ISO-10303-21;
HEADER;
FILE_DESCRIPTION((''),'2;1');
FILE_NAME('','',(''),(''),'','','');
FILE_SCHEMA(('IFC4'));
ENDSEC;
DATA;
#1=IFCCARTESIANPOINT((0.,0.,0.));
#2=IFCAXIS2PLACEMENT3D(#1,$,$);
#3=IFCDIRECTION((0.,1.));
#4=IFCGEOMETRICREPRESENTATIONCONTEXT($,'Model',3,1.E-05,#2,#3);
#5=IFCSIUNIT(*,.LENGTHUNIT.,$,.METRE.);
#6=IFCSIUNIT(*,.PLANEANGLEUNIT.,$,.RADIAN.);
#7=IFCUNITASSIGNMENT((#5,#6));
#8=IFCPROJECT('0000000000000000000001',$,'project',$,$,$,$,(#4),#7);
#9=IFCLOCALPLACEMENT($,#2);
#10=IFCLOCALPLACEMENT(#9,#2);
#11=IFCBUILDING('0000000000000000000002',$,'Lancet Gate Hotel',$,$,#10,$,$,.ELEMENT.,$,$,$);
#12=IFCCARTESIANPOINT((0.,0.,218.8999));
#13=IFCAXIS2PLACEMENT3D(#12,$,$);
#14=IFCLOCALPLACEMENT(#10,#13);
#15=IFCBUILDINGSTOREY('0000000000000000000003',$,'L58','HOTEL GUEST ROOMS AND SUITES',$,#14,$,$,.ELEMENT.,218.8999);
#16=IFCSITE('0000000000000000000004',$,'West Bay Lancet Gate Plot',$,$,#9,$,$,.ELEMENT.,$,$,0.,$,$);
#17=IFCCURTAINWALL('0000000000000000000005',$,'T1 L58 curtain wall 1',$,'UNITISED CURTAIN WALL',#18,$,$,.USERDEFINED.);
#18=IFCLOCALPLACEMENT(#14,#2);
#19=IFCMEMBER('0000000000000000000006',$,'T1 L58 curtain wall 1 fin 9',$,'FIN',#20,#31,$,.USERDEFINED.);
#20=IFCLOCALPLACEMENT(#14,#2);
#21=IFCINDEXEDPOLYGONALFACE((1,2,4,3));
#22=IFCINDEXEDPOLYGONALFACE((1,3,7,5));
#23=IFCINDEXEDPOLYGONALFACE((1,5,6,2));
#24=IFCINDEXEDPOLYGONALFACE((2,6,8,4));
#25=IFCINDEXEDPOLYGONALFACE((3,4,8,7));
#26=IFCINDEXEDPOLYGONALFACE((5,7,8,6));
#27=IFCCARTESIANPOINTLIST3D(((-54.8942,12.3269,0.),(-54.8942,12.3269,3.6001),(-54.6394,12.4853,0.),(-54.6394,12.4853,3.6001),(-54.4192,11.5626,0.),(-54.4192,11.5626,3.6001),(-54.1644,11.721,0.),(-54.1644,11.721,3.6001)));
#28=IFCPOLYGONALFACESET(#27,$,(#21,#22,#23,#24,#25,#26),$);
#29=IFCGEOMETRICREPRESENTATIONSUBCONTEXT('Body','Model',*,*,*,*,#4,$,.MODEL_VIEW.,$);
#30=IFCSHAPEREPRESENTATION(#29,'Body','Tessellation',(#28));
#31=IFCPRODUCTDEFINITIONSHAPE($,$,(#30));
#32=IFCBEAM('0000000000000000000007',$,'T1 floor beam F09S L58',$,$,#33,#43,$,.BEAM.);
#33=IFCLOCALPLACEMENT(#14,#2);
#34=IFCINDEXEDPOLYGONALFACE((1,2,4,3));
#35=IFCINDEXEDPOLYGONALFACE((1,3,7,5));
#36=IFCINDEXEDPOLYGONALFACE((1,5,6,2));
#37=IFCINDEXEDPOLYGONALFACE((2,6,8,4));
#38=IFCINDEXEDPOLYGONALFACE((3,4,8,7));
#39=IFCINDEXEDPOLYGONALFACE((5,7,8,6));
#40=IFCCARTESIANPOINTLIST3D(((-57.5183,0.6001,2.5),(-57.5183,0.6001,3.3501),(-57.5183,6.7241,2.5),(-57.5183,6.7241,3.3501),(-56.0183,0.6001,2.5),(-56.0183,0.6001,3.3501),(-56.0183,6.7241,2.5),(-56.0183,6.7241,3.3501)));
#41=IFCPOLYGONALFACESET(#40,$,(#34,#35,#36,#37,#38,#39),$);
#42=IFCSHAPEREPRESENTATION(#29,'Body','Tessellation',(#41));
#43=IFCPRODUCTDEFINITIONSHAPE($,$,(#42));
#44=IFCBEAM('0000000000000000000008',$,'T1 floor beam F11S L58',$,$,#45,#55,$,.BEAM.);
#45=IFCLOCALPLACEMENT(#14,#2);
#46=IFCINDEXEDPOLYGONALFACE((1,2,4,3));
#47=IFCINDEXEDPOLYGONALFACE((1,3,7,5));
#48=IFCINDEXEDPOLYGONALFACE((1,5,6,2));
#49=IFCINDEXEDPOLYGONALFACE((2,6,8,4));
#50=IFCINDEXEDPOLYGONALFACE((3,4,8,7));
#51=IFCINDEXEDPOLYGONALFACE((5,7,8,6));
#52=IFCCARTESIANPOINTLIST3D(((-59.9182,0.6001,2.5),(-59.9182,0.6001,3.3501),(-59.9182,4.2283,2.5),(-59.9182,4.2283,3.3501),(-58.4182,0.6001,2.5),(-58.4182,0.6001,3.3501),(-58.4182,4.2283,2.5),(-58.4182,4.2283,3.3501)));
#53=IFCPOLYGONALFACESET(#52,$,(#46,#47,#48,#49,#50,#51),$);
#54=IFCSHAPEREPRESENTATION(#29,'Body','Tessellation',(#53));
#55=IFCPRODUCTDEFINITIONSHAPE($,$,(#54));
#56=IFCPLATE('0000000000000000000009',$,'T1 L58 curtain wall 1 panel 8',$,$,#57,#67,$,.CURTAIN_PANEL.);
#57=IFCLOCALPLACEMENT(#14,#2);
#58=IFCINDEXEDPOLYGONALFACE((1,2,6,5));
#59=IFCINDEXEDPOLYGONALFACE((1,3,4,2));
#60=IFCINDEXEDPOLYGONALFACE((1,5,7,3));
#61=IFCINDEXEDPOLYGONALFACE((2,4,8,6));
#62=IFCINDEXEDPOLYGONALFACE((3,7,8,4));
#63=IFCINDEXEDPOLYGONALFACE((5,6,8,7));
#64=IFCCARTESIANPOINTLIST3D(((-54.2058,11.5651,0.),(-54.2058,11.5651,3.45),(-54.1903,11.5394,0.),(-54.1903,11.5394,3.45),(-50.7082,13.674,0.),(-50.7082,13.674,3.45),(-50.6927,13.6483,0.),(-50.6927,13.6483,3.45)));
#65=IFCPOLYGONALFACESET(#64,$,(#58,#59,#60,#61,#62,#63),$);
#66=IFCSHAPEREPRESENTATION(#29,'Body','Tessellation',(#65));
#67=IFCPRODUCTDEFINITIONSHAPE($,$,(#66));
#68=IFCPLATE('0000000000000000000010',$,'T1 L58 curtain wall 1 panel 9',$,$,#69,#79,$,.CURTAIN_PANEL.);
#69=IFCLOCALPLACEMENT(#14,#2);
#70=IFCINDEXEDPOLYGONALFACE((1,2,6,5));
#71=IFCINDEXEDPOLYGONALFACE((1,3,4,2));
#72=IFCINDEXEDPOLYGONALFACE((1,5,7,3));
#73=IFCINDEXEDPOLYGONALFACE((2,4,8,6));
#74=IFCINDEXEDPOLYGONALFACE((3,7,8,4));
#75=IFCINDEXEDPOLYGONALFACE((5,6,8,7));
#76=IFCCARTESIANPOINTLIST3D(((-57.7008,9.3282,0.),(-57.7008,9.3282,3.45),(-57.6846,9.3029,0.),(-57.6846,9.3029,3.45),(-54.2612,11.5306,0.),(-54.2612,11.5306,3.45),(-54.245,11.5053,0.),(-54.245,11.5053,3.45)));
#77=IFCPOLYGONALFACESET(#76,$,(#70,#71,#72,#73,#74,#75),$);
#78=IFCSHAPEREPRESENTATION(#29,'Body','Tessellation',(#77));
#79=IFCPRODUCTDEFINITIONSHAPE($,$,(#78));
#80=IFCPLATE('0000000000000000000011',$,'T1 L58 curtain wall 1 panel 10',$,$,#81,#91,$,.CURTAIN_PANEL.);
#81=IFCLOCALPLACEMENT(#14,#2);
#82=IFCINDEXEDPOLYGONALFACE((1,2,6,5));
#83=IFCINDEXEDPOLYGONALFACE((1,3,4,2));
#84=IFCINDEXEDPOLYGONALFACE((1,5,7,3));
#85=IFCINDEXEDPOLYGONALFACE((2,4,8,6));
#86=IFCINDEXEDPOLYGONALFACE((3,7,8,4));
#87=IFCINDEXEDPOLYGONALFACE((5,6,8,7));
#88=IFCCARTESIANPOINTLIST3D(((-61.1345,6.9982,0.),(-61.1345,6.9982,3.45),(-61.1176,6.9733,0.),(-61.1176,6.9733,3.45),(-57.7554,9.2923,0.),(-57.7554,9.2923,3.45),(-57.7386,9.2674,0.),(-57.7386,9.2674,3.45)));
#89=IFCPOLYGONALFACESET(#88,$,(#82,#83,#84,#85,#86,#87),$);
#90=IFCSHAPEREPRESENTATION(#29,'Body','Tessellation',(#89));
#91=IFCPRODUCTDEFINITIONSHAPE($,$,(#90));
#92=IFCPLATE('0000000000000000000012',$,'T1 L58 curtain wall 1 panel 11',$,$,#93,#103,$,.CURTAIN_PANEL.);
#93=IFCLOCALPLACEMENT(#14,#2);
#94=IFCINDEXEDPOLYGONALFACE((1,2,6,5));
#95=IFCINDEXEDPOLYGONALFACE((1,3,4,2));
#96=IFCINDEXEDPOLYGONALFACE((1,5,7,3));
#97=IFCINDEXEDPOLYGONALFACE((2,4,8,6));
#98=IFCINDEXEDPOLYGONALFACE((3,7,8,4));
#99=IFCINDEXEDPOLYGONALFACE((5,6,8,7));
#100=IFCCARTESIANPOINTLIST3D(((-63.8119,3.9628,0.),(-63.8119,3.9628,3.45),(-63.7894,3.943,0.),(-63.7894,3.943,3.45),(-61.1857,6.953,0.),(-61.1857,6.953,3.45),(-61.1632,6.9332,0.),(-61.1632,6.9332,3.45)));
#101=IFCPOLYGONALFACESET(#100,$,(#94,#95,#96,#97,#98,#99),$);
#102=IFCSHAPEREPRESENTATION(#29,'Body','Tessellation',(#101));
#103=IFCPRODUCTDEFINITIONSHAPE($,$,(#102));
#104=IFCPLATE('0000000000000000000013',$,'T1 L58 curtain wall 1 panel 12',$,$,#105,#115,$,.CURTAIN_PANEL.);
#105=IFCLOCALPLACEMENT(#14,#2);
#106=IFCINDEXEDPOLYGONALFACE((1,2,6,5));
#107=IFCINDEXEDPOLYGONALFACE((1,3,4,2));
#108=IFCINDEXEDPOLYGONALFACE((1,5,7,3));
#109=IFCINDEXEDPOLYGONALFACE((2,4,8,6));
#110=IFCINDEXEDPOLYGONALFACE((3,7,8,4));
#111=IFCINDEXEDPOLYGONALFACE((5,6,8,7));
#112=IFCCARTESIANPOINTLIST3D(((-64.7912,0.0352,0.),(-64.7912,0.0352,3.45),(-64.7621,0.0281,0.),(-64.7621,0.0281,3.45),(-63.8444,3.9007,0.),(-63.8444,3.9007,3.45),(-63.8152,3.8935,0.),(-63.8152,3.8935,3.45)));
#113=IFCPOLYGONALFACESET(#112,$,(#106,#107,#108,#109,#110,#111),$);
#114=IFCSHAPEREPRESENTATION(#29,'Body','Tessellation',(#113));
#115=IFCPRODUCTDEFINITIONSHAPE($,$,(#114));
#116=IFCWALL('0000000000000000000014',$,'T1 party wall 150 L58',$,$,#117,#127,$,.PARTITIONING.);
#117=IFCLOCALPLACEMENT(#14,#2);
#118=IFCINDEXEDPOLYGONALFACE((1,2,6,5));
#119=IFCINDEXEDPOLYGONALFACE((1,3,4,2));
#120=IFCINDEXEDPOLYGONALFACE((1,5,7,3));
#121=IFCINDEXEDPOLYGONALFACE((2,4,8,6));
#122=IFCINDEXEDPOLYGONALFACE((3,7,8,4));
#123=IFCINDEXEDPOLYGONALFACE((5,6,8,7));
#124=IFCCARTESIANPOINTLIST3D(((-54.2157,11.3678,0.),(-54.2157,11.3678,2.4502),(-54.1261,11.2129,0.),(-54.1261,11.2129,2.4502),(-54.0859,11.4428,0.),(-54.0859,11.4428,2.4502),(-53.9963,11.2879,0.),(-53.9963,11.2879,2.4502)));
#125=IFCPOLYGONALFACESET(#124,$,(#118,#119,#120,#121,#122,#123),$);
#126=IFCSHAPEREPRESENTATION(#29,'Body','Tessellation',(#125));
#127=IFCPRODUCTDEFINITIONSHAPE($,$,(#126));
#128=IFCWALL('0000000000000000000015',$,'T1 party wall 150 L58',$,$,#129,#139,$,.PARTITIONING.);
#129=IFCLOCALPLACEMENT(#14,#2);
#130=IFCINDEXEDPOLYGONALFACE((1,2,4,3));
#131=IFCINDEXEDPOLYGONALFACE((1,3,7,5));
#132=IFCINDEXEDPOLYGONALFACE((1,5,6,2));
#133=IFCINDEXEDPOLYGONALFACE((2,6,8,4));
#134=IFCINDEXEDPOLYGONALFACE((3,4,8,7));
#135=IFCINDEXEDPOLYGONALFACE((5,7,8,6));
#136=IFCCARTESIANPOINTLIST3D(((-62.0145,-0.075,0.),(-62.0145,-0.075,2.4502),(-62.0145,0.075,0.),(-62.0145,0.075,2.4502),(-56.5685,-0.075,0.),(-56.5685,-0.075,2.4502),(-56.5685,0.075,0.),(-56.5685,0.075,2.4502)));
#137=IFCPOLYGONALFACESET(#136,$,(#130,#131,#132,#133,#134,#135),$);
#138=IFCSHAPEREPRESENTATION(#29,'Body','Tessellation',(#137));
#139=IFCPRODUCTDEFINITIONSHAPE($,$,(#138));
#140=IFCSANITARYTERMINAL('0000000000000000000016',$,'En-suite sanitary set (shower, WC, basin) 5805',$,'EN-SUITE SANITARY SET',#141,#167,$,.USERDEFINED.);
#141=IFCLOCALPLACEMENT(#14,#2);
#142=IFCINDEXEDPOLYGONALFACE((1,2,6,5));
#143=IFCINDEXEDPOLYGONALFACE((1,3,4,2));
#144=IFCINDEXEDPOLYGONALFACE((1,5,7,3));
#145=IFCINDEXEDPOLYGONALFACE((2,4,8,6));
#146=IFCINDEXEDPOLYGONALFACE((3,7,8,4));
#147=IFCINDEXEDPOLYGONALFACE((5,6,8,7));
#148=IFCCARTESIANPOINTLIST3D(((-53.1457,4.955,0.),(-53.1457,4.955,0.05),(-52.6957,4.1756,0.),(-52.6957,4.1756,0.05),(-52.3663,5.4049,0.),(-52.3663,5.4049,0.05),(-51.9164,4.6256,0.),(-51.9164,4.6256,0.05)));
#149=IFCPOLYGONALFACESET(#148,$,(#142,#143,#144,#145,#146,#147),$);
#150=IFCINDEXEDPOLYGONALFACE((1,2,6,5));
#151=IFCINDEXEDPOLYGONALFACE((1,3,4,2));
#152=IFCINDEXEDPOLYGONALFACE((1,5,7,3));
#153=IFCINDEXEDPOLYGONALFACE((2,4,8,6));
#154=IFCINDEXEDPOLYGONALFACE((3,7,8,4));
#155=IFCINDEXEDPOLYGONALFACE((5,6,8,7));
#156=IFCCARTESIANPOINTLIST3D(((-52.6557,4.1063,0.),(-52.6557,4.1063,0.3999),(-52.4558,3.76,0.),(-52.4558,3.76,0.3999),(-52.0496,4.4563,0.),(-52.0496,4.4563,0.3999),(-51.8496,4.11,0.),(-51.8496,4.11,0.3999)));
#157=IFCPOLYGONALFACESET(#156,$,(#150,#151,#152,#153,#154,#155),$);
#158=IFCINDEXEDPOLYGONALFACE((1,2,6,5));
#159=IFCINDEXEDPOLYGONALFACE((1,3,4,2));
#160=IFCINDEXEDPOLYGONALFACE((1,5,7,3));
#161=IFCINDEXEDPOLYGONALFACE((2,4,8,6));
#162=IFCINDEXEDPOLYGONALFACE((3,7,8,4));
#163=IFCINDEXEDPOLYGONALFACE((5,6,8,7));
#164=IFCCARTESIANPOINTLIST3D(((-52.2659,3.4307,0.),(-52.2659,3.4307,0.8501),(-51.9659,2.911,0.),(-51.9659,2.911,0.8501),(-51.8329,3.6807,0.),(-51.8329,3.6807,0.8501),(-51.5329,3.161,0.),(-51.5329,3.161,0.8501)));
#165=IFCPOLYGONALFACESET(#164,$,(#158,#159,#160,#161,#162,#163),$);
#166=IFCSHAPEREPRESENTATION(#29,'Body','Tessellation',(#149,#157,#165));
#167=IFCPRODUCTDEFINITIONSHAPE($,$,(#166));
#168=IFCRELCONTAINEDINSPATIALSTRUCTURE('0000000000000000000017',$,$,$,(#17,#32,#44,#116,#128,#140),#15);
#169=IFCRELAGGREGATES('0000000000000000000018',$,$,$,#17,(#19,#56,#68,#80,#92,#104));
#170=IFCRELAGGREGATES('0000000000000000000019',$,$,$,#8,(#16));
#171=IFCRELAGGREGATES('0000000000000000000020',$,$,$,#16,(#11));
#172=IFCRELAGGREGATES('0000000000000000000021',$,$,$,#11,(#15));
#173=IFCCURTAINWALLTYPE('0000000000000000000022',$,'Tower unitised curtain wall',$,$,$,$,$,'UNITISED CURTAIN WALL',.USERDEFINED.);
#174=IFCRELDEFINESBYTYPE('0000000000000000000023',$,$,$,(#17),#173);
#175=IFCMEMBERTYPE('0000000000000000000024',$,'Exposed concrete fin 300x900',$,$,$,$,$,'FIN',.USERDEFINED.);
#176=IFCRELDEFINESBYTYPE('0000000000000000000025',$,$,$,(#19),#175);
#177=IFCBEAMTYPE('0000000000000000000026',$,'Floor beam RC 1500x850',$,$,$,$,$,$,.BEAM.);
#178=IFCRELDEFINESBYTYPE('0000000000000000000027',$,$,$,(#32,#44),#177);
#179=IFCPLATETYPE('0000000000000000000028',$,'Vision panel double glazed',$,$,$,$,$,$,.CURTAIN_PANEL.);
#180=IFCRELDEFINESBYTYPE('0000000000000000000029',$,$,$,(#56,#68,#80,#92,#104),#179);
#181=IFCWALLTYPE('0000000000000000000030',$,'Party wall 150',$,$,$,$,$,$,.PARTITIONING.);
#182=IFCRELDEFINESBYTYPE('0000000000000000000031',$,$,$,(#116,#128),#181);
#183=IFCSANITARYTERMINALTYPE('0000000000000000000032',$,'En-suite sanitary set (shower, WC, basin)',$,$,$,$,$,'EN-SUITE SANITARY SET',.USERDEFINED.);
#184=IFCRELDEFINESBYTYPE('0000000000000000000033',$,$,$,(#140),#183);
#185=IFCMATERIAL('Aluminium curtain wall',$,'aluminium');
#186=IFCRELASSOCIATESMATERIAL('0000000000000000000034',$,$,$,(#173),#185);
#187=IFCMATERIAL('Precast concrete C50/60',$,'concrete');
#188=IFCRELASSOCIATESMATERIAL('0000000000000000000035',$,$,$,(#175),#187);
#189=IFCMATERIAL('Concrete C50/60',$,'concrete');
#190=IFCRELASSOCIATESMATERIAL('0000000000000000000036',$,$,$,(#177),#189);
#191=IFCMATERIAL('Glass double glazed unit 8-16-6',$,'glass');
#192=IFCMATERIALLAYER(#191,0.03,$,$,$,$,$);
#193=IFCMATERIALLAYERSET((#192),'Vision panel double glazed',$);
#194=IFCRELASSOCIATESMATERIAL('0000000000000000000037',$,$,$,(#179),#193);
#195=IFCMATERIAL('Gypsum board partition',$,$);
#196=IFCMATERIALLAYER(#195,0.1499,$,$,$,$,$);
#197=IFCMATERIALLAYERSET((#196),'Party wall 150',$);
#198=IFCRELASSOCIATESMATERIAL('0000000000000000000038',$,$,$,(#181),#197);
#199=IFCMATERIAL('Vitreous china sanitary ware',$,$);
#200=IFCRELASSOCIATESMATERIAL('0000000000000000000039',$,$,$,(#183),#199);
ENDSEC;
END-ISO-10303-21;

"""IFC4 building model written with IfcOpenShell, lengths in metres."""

from ifc_helpers import new_model, si_unit, direction, frame, frame_2d, origin, origin_2d, place, context, subcontext, project, spatial, rectangle, extrude, material, layer, layer_set, material_profile, profile_set, type_object, element, aggregate, save


model = new_model("IFC4")

# Units and contexts
model_context = context("Model", 3, precision=1e-05, world=origin(), true_north=direction((0.0, 1.0)))
body_context = subcontext(model_context, "Body", "Model", "MODEL_VIEW")
ifc_project = project(units=[si_unit("LENGTHUNIT", "METRE"), si_unit("PLANEANGLEUNIT", "RADIAN")], contexts=[model_context])

# Site, building, storey
site_placement = place(None, origin())
site = spatial("IfcSite", under=ifc_project, at=site_placement, Name="West Bay Lancet Gate Plot", CompositionType="ELEMENT", RefElevation=0.0)
building_placement = place(site_placement, origin())
building = spatial("IfcBuilding", under=site, at=building_placement, Name="Lancet Gate Hotel", CompositionType="ELEMENT")
storey_placement = place(building_placement, frame((0.0, 0.0, 218.8999)))
storey = spatial("IfcBuildingStorey", under=building, at=storey_placement, Name="L58", Description="HOTEL GUEST ROOMS AND SUITES", CompositionType="ELEMENT", Elevation=218.8999)

# Curtain wall
ifc_material_1 = material(Name="Aluminium curtain wall", Category="aluminium")
curtain_wall_type = type_object("IfcCurtainWallType", Name="Tower unitised curtain wall", ElementType="UNITISED CURTAIN WALL", PredefinedType="USERDEFINED", material=ifc_material_1)
curtain_wall_placement = place(storey_placement, origin())
curtain_wall = element("IfcCurtainWall", 1, at=curtain_wall_placement, inside=storey, type_object=curtain_wall_type, Name="T1 L58 curtain wall 1", ObjectType="UNITISED CURTAIN WALL", PredefinedType="USERDEFINED")

# Member
ifc_material_2 = material(Name="Precast concrete C50/60", Category="concrete")
ifc_material_profile_1 = material_profile(ifc_material_2, rectangle(XDim=0.3, YDim=0.8999, at=origin_2d()), Name="FIN 300x900")
ifc_profile_set_1 = profile_set([ifc_material_profile_1], Name="Precast concrete C50/60")
member_type_1 = type_object("IfcMemberType", Name="Exposed concrete fin 300x900", ElementType="FIN", PredefinedType="USERDEFINED", material=ifc_profile_set_1)
member_1_placement = place(storey_placement, frame((-54.5293, 12.0239, 0.0), z_axis=(0.0, 0.0, 1.0), x_axis=(-0.849342, -0.527842, 0.0)))
member_1 = element("IfcMember", 2, at=member_1_placement, type_object=member_type_1, Name="T1 L58 curtain wall 1 fin 9", ObjectType="FIN", PredefinedType="USERDEFINED", context=body_context, shape_type="SweptSolid", body=[
    extrude(rectangle(XDim=0.3, YDim=0.8999, at=origin_2d()), origin(), (0.0, 0.0, 1.0), 3.6001),
])

# Beams
ifc_material_3 = material(Name="Concrete C50/60", Category="concrete")
ifc_material_profile_2 = material_profile(ifc_material_3, rectangle(XDim=1.5, YDim=0.8501, at=origin_2d()), Name="RC 1500x850")
ifc_profile_set_2 = profile_set([ifc_material_profile_2], Name="Concrete C50/60")
beam_type_1 = type_object("IfcBeamType", Name="Floor beam RC 1500x850", PredefinedType="BEAM", material=ifc_profile_set_2)
beam_1_placement = place(storey_placement, frame((-56.7683, 6.7241, 2.925), z_axis=(0.0, -1.0, 0.0), x_axis=(1.0, 0.0, 0.0)))
element("IfcBeam", 3, at=beam_1_placement, inside=storey, type_object=beam_type_1, Name="T1 floor beam F09S L58", PredefinedType="BEAM", context=body_context, shape_type="SweptSolid", body=[
    extrude(rectangle(XDim=1.5, YDim=0.8501, at=origin_2d()), origin(), (0.0, 0.0, 1.0), 6.124),
])
beam_2_placement = place(storey_placement, frame((-59.1682, 4.2283, 2.925), z_axis=(0.0, -1.0, 0.0), x_axis=(1.0, 0.0, 0.0)))
element("IfcBeam", 4, at=beam_2_placement, inside=storey, type_object=beam_type_1, Name="T1 floor beam F11S L58", PredefinedType="BEAM", context=body_context, shape_type="SweptSolid", body=[
    extrude(rectangle(XDim=1.5, YDim=0.8501, at=origin_2d()), origin(), (0.0, 0.0, 1.0), 3.6282),
])

# Plates
ifc_material_4 = material(Name="Glass double glazed unit 8-16-6", Category="glass")
ifc_layer_1 = layer(ifc_material_4, 0.03)
ifc_layer_set_1 = layer_set([ifc_layer_1], Name="Vision panel double glazed")
plate_type = type_object("IfcPlateType", Name="Vision panel double glazed", PredefinedType="CURTAIN_PANEL", material=ifc_layer_set_1)
plate_1_placement = place(storey_placement, frame((-52.4492, 12.6067, 0.0), z_axis=(0.0, 0.0, 1.0), x_axis=(-0.85637, -0.516363, 0.0)))
plate_1 = element("IfcPlate", 5, at=plate_1_placement, type_object=plate_type, Name="T1 L58 curtain wall 1 panel 8", PredefinedType="CURTAIN_PANEL", context=body_context, shape_type="SweptSolid", body=[
    extrude(rectangle(XDim=4.0842, YDim=0.03, at=origin_2d()), origin(), (0.0, 0.0, 1.0), 3.45),
])
plate_2_placement = place(storey_placement, frame((-55.9729, 10.4167, 0.0), z_axis=(0.0, 0.0, 1.0), x_axis=(-0.842161, -0.539226, 0.0)))
plate_2 = element("IfcPlate", 6, at=plate_2_placement, type_object=plate_type, Name="T1 L58 curtain wall 1 panel 9", PredefinedType="CURTAIN_PANEL", context=body_context, shape_type="SweptSolid", body=[
    extrude(rectangle(XDim=4.0842, YDim=0.03, at=origin_2d()), origin(), (0.0, 0.0, 1.0), 3.45),
])
plate_3_placement = place(storey_placement, frame((-59.4365, 8.1328, 0.0), z_axis=(0.0, 0.0, 1.0), x_axis=(-0.827342, -0.561698, 0.0)))
plate_3 = element("IfcPlate", 7, at=plate_3_placement, type_object=plate_type, Name="T1 L58 curtain wall 1 panel 10", PredefinedType="CURTAIN_PANEL", context=body_context, shape_type="SweptSolid", body=[
    extrude(rectangle(XDim=4.0842, YDim=0.03, at=origin_2d()), origin(), (0.0, 0.0, 1.0), 3.45),
])
plate_4_placement = place(storey_placement, frame((-62.4875, 5.448, 0.0), z_axis=(0.0, 0.0, 1.0), x_axis=(-0.659892, -0.751361, 0.0)))
plate_4 = element("IfcPlate", 8, at=plate_4_placement, type_object=plate_type, Name="T1 L58 curtain wall 1 panel 11", PredefinedType="CURTAIN_PANEL", context=body_context, shape_type="SweptSolid", body=[
    extrude(rectangle(XDim=3.9797, YDim=0.03, at=origin_2d()), origin(), (0.0, 0.0, 1.0), 3.45),
])
plate_5_placement = place(storey_placement, frame((-64.3032, 1.9644, 0.0), z_axis=(0.0, 0.0, 1.0), x_axis=(-0.237921, -0.971285, 0.0)))
plate_5 = element("IfcPlate", 9, at=plate_5_placement, type_object=plate_type, Name="T1 L58 curtain wall 1 panel 12", PredefinedType="CURTAIN_PANEL", context=body_context, shape_type="SweptSolid", body=[
    extrude(rectangle(XDim=3.9797, YDim=0.03, at=origin_2d()), origin(), (0.0, 0.0, 1.0), 3.45),
])
aggregate(curtain_wall, [member_1, plate_1, plate_2, plate_3, plate_4, plate_5])

# Walls
ifc_material_5 = material(Name="Gypsum board partition")
ifc_layer_2 = layer(ifc_material_5, 0.1499)
ifc_layer_set_2 = layer_set([ifc_layer_2], Name="Party wall 150")
wall_type = type_object("IfcWallType", Name="Party wall 150", PredefinedType="PARTITIONING", material=ifc_layer_set_2)
wall_1_placement = place(storey_placement, frame((-54.0613, 11.2505, 0.0), z_axis=(0.0, 0.0, 1.0), x_axis=(-0.500391, 0.865799, 0.0)))
element("IfcWall", 10, at=wall_1_placement, inside=storey, type_object=wall_type, Name="T1 party wall 150 L58", PredefinedType="PARTITIONING", context=body_context, shape_type="SweptSolid", body=[
    extrude(rectangle(XDim=0.179, YDim=0.1499, at=frame_2d((0.0894, 0.0))), origin(), (0.0, 0.0, 1.0), 2.4502),
])
wall_2_placement = place(storey_placement, frame((-56.5684, 0.0, 0.0), z_axis=(0.0, 0.0, 1.0), x_axis=(-1.0, 0.0, 0.0)))
element("IfcWall", 11, at=wall_2_placement, inside=storey, type_object=wall_type, Name="T1 party wall 150 L58", PredefinedType="PARTITIONING", context=body_context, shape_type="SweptSolid", body=[
    extrude(rectangle(XDim=5.446, YDim=0.1499, at=frame_2d((2.7231, 0.0))), origin(), (0.0, 0.0, 1.0), 2.4502),
])

# Sanitary terminal
ifc_material_6 = material(Name="Vitreous china sanitary ware")
sanitary_terminal_type = type_object("IfcSanitaryTerminalType", Name="En-suite sanitary set (shower, WC, basin)", ElementType="EN-SUITE SANITARY SET", PredefinedType="USERDEFINED", material=ifc_material_6)
sanitary_terminal_placement = place(storey_placement, frame((-52.531, 4.7903, 0.0), z_axis=(0.0, 0.0, 1.0), x_axis=(1.0, 0.0, 0.0)))
element("IfcSanitaryTerminal", 12, at=sanitary_terminal_placement, inside=storey, type_object=sanitary_terminal_type, Name="En-suite sanitary set (shower, WC, basin) 5805", ObjectType="EN-SUITE SANITARY SET", PredefinedType="USERDEFINED", context=body_context, shape_type="SweptSolid", body=[
    extrude(rectangle(XDim=0.8999, YDim=0.8999, at=origin_2d()), frame((0.0, 0.0, 0.0), z_axis=(0.0, 0.0, 1.0), x_axis=(-0.5, 0.866025, 0.0)), (0.0, 0.0, 1.0), 0.05),
    extrude(rectangle(XDim=0.3999, YDim=0.7, at=origin_2d()), frame((0.2783, -0.6821, 0.0), z_axis=(0.0, 0.0, 1.0), x_axis=(-0.5, 0.866025, 0.0)), (0.0, 0.0, 1.0), 0.3999),
    extrude(rectangle(XDim=0.6001, YDim=0.5, at=origin_2d()), frame((0.6316, -1.4944, 0.0), z_axis=(0.0, 0.0, 1.0), x_axis=(-0.5, 0.866025, 0.0)), (0.0, 0.0, 1.0), 0.8501),
])

save(model, "model.ifc")
